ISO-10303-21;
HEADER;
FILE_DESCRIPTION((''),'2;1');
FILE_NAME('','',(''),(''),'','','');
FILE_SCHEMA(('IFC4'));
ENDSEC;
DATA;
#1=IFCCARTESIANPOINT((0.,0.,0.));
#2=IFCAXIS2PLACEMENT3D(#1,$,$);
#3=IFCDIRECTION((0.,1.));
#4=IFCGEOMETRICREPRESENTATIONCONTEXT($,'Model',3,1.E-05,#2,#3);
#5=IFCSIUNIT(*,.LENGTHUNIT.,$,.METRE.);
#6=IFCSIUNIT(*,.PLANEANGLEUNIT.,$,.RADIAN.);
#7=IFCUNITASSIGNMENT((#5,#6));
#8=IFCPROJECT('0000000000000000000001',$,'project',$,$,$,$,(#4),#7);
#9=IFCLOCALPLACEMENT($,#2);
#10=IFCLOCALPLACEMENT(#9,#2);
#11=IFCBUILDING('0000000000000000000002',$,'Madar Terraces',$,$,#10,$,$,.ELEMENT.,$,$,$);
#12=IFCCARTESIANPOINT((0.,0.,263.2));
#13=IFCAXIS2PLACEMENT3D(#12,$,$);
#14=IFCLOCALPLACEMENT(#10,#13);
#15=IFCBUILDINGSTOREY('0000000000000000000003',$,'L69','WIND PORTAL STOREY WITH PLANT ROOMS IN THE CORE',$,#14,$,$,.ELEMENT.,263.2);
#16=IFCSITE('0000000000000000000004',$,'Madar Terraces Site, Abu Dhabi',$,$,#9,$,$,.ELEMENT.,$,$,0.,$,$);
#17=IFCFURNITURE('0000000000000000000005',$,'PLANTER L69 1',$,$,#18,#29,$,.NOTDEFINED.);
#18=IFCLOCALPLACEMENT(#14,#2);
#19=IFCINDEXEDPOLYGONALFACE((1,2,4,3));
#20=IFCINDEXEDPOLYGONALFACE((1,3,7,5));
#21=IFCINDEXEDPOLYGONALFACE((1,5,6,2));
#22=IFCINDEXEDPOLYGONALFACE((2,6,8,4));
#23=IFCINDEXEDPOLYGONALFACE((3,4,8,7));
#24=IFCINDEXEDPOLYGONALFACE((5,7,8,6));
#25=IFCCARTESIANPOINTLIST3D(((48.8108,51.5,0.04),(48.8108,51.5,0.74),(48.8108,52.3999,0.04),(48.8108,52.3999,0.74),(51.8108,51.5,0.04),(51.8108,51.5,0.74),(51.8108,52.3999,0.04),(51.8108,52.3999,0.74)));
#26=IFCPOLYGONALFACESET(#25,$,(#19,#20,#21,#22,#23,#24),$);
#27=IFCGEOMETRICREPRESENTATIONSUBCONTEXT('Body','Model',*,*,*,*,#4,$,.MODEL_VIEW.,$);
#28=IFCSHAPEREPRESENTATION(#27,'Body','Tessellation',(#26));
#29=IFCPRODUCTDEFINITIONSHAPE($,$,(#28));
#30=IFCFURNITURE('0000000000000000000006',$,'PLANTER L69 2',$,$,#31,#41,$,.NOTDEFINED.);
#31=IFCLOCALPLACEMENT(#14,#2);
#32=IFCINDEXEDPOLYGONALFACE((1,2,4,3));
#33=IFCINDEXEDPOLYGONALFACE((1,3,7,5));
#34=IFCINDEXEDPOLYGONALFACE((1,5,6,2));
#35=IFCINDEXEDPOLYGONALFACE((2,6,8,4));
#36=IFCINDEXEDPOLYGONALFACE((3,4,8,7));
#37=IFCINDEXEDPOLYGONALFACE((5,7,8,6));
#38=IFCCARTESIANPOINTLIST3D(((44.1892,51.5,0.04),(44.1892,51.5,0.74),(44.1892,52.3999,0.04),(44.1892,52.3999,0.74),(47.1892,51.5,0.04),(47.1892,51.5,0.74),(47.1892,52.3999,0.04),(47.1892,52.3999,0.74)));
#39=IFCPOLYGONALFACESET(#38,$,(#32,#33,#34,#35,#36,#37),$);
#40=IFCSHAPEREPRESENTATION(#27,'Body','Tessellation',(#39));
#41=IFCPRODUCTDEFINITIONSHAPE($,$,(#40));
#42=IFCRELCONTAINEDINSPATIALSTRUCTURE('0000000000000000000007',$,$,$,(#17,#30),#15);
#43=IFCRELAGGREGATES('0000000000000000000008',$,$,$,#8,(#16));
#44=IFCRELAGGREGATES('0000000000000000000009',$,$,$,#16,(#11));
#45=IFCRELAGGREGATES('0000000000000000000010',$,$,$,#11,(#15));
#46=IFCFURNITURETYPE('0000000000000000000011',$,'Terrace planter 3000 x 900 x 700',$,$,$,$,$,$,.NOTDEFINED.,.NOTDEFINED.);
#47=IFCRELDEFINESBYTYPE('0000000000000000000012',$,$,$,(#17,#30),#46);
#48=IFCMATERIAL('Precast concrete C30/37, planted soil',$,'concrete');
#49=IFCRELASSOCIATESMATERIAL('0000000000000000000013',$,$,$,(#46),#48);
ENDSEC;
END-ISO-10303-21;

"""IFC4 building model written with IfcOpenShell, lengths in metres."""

from ifc_helpers import new_model, si_unit, direction, frame, origin, origin_2d, place, context, subcontext, project, spatial, rectangle, extrude, material, type_object, element, save


model = new_model("IFC4")

# Units and contexts
model_context = context("Model", 3, precision=1e-05, world=origin(), true_north=direction((0.0, 1.0)))
body_context = subcontext(model_context, "Body", "Model", "MODEL_VIEW")
ifc_project = project(units=[si_unit("LENGTHUNIT", "METRE"), si_unit("PLANEANGLEUNIT", "RADIAN")], contexts=[model_context])

# Site, building, storey
site_placement = place(None, origin())
site = spatial("IfcSite", under=ifc_project, at=site_placement, Name="Madar Terraces Site, Abu Dhabi", CompositionType="ELEMENT", RefElevation=0.0)
building_placement = place(site_placement, origin())
building = spatial("IfcBuilding", under=site, at=building_placement, Name="Madar Terraces", CompositionType="ELEMENT")
storey_placement = place(building_placement, frame((0.0, 0.0, 263.2)))
storey = spatial("IfcBuildingStorey", under=building, at=storey_placement, Name="L69", Description="WIND PORTAL STOREY WITH PLANT ROOMS IN THE CORE", CompositionType="ELEMENT", Elevation=263.2)

# Furniture
ifc_material_1 = material(Name="Precast concrete C30/37, planted soil", Category="concrete")
furniture_type = type_object("IfcFurnitureType", Name="Terrace planter 3000 x 900 x 700", AssemblyPlace="NOTDEFINED", PredefinedType="NOTDEFINED", material=ifc_material_1)
for number, where, z_axis, x_axis, name in (
    (1, (50.3108, 51.95, 0.04), (0.0, 0.0, 1.0), (-1.0, 0.0, 0.0), "PLANTER L69 1"),
    (2, (45.6892, 51.95, 0.04), (0.0, 0.0, 1.0), (-1.0, 0.0, 0.0), "PLANTER L69 2"),
):
    element("IfcFurniture", number, at=place(storey_placement, frame(where, z_axis=z_axis, x_axis=x_axis)), inside=storey, type_object=furniture_type, Name=name, PredefinedType="NOTDEFINED", context=body_context, shape_type="SweptSolid", body=[
        extrude(rectangle(XDim=3.0, YDim=0.8999, at=origin_2d()), origin(), (0.0, 0.0, 1.0), 0.7),
    ])

save(model, "model.ifc")
